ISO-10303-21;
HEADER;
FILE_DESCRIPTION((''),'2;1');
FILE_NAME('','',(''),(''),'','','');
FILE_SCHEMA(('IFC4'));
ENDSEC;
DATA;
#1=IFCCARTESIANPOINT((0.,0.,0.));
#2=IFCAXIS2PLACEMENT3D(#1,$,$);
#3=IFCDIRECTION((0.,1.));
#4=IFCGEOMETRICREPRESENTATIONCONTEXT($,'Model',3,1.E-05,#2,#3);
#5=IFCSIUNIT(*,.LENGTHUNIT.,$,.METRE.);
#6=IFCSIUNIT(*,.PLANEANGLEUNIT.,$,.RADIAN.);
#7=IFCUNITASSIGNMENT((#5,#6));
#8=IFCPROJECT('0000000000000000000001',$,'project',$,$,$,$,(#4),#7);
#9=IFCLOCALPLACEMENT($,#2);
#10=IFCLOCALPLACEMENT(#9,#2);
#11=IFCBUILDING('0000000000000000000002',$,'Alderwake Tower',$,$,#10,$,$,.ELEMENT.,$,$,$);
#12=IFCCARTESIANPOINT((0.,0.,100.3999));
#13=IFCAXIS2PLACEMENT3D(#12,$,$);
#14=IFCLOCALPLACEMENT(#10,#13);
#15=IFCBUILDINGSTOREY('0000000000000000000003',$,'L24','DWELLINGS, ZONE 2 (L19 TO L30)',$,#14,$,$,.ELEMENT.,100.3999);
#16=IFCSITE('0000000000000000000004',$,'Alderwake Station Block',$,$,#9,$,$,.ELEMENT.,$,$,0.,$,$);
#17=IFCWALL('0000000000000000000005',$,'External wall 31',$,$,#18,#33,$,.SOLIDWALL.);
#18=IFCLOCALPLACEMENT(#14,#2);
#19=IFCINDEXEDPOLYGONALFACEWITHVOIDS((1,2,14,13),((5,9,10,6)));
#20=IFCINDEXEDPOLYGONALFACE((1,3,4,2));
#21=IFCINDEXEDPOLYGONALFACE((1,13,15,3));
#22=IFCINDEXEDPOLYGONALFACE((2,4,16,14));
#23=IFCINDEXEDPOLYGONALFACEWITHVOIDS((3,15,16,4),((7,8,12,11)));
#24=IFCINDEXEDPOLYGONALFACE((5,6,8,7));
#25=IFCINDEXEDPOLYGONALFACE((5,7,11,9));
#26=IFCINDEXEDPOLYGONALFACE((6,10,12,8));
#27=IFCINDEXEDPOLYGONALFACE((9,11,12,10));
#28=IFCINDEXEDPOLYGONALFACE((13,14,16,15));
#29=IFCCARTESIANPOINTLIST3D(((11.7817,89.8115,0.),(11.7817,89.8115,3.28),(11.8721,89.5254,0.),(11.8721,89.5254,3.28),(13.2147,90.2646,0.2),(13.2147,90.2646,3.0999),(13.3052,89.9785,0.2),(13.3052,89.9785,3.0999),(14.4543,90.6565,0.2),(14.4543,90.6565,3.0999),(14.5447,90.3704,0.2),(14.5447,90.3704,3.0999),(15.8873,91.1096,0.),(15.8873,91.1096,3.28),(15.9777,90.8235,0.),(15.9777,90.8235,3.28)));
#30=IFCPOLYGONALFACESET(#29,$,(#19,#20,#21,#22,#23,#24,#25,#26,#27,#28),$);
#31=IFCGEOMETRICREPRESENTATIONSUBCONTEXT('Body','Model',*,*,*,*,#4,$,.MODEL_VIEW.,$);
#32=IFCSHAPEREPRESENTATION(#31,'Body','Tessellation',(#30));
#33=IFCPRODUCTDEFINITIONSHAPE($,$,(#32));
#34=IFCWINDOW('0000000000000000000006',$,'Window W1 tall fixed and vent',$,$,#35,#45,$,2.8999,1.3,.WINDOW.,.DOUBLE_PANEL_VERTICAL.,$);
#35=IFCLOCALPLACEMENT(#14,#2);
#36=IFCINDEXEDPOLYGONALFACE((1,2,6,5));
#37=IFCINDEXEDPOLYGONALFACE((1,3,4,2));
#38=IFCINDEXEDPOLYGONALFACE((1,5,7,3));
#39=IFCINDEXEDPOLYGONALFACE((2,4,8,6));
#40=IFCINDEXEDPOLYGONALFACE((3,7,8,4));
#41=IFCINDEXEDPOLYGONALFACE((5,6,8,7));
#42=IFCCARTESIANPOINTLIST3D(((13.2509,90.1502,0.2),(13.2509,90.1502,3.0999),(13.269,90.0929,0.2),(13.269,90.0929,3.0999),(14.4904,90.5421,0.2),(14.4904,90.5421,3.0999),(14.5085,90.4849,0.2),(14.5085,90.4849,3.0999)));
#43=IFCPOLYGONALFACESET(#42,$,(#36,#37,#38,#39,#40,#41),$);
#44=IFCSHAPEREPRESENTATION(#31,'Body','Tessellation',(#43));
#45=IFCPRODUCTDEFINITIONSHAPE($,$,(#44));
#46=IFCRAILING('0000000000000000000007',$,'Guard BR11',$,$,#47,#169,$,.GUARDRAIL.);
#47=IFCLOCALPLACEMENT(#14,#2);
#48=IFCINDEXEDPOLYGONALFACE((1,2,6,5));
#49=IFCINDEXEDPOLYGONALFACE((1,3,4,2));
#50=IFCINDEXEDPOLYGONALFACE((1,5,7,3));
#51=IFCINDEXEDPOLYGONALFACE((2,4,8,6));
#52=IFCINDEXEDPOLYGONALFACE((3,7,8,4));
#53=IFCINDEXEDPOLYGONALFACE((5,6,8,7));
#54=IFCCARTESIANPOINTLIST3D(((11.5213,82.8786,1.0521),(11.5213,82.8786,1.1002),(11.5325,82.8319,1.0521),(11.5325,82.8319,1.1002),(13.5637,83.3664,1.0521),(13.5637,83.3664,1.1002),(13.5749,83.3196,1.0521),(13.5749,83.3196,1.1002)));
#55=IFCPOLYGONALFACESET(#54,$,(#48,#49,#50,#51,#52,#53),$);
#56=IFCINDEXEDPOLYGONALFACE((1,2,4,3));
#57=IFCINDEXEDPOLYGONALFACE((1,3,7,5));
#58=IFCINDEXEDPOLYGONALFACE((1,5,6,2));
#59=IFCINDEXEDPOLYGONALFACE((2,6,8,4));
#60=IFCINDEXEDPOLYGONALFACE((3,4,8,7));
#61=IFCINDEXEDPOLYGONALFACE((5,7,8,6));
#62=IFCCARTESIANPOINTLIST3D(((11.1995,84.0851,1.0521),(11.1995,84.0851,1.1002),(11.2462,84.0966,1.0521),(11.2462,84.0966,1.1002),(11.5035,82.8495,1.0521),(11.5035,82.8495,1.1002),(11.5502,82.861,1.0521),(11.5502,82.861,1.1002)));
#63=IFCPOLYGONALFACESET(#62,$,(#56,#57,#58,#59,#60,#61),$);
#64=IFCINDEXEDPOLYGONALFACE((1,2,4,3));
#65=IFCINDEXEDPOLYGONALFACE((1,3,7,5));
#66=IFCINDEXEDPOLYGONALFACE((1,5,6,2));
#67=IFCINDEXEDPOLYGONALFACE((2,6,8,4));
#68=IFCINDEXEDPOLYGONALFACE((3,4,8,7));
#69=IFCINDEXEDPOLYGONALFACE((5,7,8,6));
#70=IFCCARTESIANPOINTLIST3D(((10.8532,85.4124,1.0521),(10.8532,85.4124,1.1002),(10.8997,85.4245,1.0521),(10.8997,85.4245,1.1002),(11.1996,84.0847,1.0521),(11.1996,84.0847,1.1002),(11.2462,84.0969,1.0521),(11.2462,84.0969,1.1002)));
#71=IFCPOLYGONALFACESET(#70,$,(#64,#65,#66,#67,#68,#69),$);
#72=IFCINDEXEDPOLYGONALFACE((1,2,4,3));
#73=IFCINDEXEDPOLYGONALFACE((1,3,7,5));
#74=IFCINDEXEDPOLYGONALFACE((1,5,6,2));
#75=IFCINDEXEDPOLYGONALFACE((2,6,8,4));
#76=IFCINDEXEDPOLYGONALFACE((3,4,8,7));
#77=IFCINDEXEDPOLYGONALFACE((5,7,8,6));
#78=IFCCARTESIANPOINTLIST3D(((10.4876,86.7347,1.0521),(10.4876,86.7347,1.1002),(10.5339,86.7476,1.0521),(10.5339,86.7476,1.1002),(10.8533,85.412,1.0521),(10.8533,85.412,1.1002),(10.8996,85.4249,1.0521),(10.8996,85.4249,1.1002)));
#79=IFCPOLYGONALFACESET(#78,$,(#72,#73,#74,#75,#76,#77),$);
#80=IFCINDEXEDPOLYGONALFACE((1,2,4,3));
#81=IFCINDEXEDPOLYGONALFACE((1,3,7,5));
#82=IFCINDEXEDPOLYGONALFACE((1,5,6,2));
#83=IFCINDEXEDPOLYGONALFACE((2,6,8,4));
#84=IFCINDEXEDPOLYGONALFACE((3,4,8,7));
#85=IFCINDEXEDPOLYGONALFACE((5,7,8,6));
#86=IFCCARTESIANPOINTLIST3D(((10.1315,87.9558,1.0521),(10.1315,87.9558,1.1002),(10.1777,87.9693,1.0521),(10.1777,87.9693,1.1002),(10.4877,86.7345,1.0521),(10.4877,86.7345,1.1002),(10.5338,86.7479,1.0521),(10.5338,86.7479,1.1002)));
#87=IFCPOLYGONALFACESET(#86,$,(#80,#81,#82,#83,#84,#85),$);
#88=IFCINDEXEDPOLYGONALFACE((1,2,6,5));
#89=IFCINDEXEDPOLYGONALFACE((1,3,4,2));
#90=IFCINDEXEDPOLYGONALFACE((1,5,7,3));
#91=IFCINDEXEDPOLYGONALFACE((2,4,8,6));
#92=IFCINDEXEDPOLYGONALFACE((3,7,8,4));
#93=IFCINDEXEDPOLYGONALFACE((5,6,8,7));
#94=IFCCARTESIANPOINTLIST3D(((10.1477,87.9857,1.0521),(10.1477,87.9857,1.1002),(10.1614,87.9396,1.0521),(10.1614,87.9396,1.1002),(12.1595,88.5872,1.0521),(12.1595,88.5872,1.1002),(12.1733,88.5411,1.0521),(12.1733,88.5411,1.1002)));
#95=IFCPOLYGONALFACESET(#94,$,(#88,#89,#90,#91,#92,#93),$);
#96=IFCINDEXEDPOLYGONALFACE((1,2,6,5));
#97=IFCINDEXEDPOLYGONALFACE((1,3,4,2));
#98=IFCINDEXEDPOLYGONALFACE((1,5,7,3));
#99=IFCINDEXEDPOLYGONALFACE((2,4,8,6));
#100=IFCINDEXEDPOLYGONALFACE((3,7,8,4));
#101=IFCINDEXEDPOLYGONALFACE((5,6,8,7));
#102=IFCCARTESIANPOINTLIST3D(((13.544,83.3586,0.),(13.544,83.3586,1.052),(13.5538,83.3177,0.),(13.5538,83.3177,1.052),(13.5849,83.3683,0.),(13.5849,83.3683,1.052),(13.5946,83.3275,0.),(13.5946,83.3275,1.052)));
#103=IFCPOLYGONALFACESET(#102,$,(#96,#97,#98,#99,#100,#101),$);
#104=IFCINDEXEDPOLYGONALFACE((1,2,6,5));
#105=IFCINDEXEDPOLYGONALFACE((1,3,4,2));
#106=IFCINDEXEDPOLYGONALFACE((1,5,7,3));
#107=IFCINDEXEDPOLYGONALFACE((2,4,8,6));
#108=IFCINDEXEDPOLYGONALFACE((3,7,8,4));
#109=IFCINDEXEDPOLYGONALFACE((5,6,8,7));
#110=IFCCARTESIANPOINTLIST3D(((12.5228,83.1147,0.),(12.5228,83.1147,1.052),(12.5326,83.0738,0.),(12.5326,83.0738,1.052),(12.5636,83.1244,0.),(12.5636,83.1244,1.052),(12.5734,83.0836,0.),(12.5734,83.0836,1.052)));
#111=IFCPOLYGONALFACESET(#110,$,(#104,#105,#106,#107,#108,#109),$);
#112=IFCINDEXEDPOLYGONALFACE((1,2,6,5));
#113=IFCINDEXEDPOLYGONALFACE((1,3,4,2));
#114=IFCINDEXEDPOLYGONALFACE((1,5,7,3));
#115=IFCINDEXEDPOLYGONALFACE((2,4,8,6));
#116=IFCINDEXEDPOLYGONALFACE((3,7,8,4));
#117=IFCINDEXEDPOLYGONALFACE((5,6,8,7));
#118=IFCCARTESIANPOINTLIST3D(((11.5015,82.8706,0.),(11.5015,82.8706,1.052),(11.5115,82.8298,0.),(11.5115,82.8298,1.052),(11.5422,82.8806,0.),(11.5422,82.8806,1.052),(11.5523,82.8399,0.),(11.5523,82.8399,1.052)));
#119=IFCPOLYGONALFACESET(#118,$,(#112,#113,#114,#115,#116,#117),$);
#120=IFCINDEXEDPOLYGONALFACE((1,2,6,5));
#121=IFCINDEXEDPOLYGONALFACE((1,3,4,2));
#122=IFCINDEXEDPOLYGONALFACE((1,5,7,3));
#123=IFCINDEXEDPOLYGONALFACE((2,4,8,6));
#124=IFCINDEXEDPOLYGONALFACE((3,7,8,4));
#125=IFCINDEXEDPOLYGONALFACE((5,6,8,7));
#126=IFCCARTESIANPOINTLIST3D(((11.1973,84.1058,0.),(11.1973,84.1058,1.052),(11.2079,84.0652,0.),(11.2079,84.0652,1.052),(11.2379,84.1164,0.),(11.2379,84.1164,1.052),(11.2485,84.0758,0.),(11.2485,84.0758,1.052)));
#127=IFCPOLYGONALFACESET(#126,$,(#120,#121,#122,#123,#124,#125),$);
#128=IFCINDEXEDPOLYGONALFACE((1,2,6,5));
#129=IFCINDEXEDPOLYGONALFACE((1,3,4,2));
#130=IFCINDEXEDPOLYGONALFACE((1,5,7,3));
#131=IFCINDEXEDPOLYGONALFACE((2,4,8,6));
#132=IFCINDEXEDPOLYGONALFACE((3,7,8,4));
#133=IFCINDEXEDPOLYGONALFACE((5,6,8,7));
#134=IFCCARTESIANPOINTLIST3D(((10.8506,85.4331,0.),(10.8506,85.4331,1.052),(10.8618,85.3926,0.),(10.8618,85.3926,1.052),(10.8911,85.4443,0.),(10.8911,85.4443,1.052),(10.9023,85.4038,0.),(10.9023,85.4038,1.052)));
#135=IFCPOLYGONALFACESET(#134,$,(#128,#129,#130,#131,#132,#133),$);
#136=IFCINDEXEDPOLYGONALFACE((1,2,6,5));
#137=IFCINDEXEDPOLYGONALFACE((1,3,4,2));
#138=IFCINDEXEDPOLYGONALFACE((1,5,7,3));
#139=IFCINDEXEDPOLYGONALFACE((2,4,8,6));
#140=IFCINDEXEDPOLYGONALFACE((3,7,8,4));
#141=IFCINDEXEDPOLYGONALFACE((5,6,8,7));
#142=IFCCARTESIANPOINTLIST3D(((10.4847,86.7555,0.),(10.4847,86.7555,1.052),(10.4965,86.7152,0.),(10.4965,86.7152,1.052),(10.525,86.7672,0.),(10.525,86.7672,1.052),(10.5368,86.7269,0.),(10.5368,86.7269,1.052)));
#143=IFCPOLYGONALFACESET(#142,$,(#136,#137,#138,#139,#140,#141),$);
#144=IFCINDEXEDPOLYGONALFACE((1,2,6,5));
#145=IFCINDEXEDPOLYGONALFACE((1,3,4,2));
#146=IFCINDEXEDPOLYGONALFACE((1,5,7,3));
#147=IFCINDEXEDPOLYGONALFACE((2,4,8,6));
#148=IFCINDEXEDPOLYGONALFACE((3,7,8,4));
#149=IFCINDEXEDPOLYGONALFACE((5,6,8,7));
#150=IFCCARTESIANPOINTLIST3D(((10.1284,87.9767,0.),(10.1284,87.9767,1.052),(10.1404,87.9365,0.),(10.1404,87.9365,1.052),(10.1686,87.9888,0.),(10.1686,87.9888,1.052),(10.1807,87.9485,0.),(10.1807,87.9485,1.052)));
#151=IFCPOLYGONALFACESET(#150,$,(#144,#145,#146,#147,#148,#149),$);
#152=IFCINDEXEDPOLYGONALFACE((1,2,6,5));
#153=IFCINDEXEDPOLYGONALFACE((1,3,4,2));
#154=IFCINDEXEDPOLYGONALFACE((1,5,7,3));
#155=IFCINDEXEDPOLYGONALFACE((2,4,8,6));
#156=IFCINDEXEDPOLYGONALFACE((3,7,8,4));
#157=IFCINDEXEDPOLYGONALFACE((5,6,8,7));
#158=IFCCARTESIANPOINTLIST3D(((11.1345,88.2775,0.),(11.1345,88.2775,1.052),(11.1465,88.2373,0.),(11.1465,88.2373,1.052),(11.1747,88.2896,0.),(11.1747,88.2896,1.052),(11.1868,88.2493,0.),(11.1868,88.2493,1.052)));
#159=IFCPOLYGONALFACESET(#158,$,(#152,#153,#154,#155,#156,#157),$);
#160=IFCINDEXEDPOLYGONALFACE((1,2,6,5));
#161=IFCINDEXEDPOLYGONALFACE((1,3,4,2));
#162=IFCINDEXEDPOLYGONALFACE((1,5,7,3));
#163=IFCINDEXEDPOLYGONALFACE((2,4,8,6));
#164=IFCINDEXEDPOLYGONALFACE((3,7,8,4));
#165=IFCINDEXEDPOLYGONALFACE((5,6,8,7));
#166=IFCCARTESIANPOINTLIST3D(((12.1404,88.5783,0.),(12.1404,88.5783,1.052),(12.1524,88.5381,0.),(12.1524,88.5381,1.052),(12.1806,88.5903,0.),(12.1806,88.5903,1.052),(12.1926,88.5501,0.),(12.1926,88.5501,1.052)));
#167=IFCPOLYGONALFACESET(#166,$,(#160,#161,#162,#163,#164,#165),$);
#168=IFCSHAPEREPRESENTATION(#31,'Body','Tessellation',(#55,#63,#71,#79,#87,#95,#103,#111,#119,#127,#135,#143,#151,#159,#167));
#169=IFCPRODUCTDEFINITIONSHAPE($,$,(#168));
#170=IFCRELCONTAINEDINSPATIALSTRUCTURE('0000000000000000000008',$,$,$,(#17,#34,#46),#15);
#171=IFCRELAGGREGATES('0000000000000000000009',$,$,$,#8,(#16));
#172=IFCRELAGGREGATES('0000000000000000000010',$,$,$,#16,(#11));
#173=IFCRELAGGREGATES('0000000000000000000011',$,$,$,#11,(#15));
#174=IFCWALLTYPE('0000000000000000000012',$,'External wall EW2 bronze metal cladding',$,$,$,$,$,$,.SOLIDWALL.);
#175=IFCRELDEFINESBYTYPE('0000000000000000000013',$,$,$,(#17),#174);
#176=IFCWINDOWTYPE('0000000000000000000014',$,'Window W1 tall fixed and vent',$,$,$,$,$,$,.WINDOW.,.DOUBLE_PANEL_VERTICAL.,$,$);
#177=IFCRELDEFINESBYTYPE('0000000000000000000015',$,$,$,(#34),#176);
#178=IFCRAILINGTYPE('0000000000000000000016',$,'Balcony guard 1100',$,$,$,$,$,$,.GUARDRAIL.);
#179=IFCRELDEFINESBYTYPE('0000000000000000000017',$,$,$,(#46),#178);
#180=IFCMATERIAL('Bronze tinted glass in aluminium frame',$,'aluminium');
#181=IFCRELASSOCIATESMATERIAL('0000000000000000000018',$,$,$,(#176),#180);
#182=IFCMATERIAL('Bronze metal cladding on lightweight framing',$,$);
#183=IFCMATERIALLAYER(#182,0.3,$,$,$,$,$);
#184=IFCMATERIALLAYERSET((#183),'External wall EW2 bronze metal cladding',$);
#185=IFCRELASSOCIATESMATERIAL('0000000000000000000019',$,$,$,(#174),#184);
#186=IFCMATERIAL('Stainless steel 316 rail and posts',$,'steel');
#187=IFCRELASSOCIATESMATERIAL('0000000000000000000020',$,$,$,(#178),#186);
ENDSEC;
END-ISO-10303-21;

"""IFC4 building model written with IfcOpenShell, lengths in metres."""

from ifc_helpers import new_model, si_unit, direction, frame, frame_2d, origin, origin_2d, place, context, subcontext, project, spatial, rectangle, extrude, material, layer, layer_set, type_object, element, fill, save


model = new_model("IFC4")

# Units and contexts
model_context = context("Model", 3, precision=1e-05, world=origin(), true_north=direction((0.0, 1.0)))
body_context = subcontext(model_context, "Body", "Model", "MODEL_VIEW")
ifc_project = project(units=[si_unit("LENGTHUNIT", "METRE"), si_unit("PLANEANGLEUNIT", "RADIAN")], contexts=[model_context])

# Site, building, storey
site_placement = place(None, origin())
site = spatial("IfcSite", under=ifc_project, at=site_placement, Name="Alderwake Station Block", CompositionType="ELEMENT", RefElevation=0.0)
building_placement = place(site_placement, origin())
building = spatial("IfcBuilding", under=site, at=building_placement, Name="Alderwake Tower", CompositionType="ELEMENT")
storey_placement = place(building_placement, frame((0.0, 0.0, 100.3999)))
storey = spatial("IfcBuildingStorey", under=building, at=storey_placement, Name="L24", Description="DWELLINGS, ZONE 2 (L19 TO L30)", CompositionType="ELEMENT", Elevation=100.3999)

# Shared definitions
ifc_material_1 = material(Name="Bronze tinted glass in aluminium frame", Category="aluminium")
window_type = type_object("IfcWindowType", Name="Window W1 tall fixed and vent", PartitioningType="DOUBLE_PANEL_VERTICAL", PredefinedType="WINDOW", material=ifc_material_1)

# Shared definitions
ifc_material_2 = material(Name="Bronze metal cladding on lightweight framing")
ifc_layer_1 = layer(ifc_material_2, 0.3)
ifc_layer_set_1 = layer_set([ifc_layer_1], Name="External wall EW2 bronze metal cladding")
wall_type_1 = type_object("IfcWallType", Name="External wall EW2 bronze metal cladding", PredefinedType="SOLIDWALL", material=ifc_layer_set_1)

# Wall, opening, window
wall_1_placement = place(storey_placement, frame((15.9324, 90.9666, 0.0), z_axis=(0.0, 0.0, 1.0), x_axis=(-0.953474, -0.301476, 0.0)))
wall_1 = element("IfcWall", 1, at=wall_1_placement, inside=storey, type_object=wall_type_1, Name="External wall 31", PredefinedType="SOLIDWALL", context=body_context, shape_type="SweptSolid", body=[
    extrude(rectangle(XDim=4.3059, YDim=0.3, at=frame_2d((2.1528, 0.0))), origin(), (0.0, 0.0, 1.0), 3.28),
])
opening_1_placement = place(wall_1_placement, frame((1.5029, 0.0, 0.2)))
opening_1 = element("IfcOpeningElement", 2, at=opening_1_placement, cuts=wall_1, PredefinedType="OPENING", context=body_context, shape_type="SweptSolid", body=[
    extrude(rectangle(XDim=1.3, YDim=2.8999, at=frame_2d((0.6499, 1.45))), frame((0.0, 0.1599, 0.0), z_axis=(0.0, -1.0, 0.0), x_axis=(1.0, 0.0, 0.0)), (0.0, 0.0, 1.0), 0.3201),
])
window_1_placement = place(opening_1_placement, origin())
window_1 = element("IfcWindow", 3, at=window_1_placement, inside=storey, type_object=window_type, Name="Window W1 tall fixed and vent", OverallHeight=2.8999, OverallWidth=1.3, PartitioningType="DOUBLE_PANEL_VERTICAL", PredefinedType="WINDOW", context=body_context, shape_type="SweptSolid", body=[
    extrude(rectangle(XDim=1.3, YDim=2.8999, at=frame_2d((0.6499, 1.45))), frame((0.0, 0.03, 0.0), z_axis=(0.0, -1.0, 0.0), x_axis=(1.0, 0.0, 0.0)), (0.0, 0.0, 1.0), 0.0601),
])
fill(opening_1, window_1)

# Railing
ifc_material_3 = material(Name="Stainless steel 316 rail and posts", Category="steel")
railing_type = type_object("IfcRailingType", Name="Balcony guard 1100", PredefinedType="GUARDRAIL", material=ifc_material_3)
railing_1_placement = place(storey_placement, frame((13.5693, 83.343, 0.0)))
element("IfcRailing", 4, at=railing_1_placement, inside=storey, type_object=railing_type, Name="Guard BR11", PredefinedType="GUARDRAIL", context=body_context, shape_type="SweptSolid", body=[
    extrude(rectangle(XDim=0.0481, YDim=0.0481, at=origin_2d()), frame((0.0, 0.0, 1.0762), z_axis=(-0.972646, -0.232291, 0.0), x_axis=(0.232291, -0.972646, 0.0)), (0.0, 0.0, 1.0), 2.0999),
    extrude(rectangle(XDim=0.0481, YDim=0.0481, at=origin_2d()), frame((-2.0425, -0.4878, 1.0762), z_axis=(-0.238877, 0.97105, 0.0), x_axis=(-0.97105, -0.238877, 0.0)), (0.0, 0.0, 1.0), 1.2725),
    extrude(rectangle(XDim=0.0481, YDim=0.0481, at=origin_2d()), frame((-2.3464, 0.7478, 1.0762), z_axis=(-0.252487, 0.9676, 0.0), x_axis=(-0.9676, -0.252487, 0.0)), (0.0, 0.0, 1.0), 1.3721),
    extrude(rectangle(XDim=0.0481, YDim=0.0481, at=origin_2d()), frame((-2.6929, 2.0754, 1.0762), z_axis=(-0.266488, 0.963838, 0.0), x_axis=(-0.963838, -0.266488, 0.0)), (0.0, 0.0, 1.0), 1.3723),
    extrude(rectangle(XDim=0.0481, YDim=0.0481, at=origin_2d()), frame((-3.0586, 3.3982, 1.0762), z_axis=(-0.279963, 0.960011, 0.0), x_axis=(-0.960011, -0.279963, 0.0)), (0.0, 0.0, 1.0), 1.2722),
    extrude(rectangle(XDim=0.0481, YDim=0.0481, at=origin_2d()), frame((-3.4148, 4.6196, 1.0762), z_axis=(0.958091, 0.286462, 0.0), x_axis=(-0.286462, 0.958091, 0.0)), (0.0, 0.0, 1.0), 2.0999),
    extrude(rectangle(XDim=0.042, YDim=0.042, at=origin_2d()), frame((0.0, 0.0, 0.0), z_axis=(0.0, 0.0, 1.0), x_axis=(-0.972646, -0.232291, 0.0)), (0.0, 0.0, 1.0), 1.052),
    extrude(rectangle(XDim=0.042, YDim=0.042, at=origin_2d()), frame((-1.0212, -0.2439, 0.0), z_axis=(0.0, 0.0, 1.0), x_axis=(-0.972646, -0.232291, 0.0)), (0.0, 0.0, 1.0), 1.052),
    extrude(rectangle(XDim=0.042, YDim=0.042, at=origin_2d()), frame((-2.0425, -0.4878, 0.0), z_axis=(0.0, 0.0, 1.0), x_axis=(-0.238877, 0.97105, 0.0)), (0.0, 0.0, 1.0), 1.052),
    extrude(rectangle(XDim=0.042, YDim=0.042, at=origin_2d()), frame((-2.3464, 0.7478, 0.0), z_axis=(0.0, 0.0, 1.0), x_axis=(-0.252487, 0.9676, 0.0)), (0.0, 0.0, 1.0), 1.052),
    extrude(rectangle(XDim=0.042, YDim=0.042, at=origin_2d()), frame((-2.6929, 2.0754, 0.0), z_axis=(0.0, 0.0, 1.0), x_axis=(-0.266488, 0.963838, 0.0)), (0.0, 0.0, 1.0), 1.052),
    extrude(rectangle(XDim=0.042, YDim=0.042, at=origin_2d()), frame((-3.0586, 3.3982, 0.0), z_axis=(0.0, 0.0, 1.0), x_axis=(-0.279963, 0.960011, 0.0)), (0.0, 0.0, 1.0), 1.052),
    extrude(rectangle(XDim=0.042, YDim=0.042, at=origin_2d()), frame((-3.4148, 4.6196, 0.0), z_axis=(0.0, 0.0, 1.0), x_axis=(0.958091, 0.286462, 0.0)), (0.0, 0.0, 1.0), 1.052),
    extrude(rectangle(XDim=0.042, YDim=0.042, at=origin_2d()), frame((-2.4087, 4.9204, 0.0), z_axis=(0.0, 0.0, 1.0), x_axis=(0.958091, 0.286462, 0.0)), (0.0, 0.0, 1.0), 1.052),
    extrude(rectangle(XDim=0.042, YDim=0.042, at=origin_2d()), frame((-1.4028, 5.2212, 0.0), z_axis=(0.0, 0.0, 1.0), x_axis=(0.958091, 0.286462, 0.0)), (0.0, 0.0, 1.0), 1.052),
])

save(model, "model.ifc")
